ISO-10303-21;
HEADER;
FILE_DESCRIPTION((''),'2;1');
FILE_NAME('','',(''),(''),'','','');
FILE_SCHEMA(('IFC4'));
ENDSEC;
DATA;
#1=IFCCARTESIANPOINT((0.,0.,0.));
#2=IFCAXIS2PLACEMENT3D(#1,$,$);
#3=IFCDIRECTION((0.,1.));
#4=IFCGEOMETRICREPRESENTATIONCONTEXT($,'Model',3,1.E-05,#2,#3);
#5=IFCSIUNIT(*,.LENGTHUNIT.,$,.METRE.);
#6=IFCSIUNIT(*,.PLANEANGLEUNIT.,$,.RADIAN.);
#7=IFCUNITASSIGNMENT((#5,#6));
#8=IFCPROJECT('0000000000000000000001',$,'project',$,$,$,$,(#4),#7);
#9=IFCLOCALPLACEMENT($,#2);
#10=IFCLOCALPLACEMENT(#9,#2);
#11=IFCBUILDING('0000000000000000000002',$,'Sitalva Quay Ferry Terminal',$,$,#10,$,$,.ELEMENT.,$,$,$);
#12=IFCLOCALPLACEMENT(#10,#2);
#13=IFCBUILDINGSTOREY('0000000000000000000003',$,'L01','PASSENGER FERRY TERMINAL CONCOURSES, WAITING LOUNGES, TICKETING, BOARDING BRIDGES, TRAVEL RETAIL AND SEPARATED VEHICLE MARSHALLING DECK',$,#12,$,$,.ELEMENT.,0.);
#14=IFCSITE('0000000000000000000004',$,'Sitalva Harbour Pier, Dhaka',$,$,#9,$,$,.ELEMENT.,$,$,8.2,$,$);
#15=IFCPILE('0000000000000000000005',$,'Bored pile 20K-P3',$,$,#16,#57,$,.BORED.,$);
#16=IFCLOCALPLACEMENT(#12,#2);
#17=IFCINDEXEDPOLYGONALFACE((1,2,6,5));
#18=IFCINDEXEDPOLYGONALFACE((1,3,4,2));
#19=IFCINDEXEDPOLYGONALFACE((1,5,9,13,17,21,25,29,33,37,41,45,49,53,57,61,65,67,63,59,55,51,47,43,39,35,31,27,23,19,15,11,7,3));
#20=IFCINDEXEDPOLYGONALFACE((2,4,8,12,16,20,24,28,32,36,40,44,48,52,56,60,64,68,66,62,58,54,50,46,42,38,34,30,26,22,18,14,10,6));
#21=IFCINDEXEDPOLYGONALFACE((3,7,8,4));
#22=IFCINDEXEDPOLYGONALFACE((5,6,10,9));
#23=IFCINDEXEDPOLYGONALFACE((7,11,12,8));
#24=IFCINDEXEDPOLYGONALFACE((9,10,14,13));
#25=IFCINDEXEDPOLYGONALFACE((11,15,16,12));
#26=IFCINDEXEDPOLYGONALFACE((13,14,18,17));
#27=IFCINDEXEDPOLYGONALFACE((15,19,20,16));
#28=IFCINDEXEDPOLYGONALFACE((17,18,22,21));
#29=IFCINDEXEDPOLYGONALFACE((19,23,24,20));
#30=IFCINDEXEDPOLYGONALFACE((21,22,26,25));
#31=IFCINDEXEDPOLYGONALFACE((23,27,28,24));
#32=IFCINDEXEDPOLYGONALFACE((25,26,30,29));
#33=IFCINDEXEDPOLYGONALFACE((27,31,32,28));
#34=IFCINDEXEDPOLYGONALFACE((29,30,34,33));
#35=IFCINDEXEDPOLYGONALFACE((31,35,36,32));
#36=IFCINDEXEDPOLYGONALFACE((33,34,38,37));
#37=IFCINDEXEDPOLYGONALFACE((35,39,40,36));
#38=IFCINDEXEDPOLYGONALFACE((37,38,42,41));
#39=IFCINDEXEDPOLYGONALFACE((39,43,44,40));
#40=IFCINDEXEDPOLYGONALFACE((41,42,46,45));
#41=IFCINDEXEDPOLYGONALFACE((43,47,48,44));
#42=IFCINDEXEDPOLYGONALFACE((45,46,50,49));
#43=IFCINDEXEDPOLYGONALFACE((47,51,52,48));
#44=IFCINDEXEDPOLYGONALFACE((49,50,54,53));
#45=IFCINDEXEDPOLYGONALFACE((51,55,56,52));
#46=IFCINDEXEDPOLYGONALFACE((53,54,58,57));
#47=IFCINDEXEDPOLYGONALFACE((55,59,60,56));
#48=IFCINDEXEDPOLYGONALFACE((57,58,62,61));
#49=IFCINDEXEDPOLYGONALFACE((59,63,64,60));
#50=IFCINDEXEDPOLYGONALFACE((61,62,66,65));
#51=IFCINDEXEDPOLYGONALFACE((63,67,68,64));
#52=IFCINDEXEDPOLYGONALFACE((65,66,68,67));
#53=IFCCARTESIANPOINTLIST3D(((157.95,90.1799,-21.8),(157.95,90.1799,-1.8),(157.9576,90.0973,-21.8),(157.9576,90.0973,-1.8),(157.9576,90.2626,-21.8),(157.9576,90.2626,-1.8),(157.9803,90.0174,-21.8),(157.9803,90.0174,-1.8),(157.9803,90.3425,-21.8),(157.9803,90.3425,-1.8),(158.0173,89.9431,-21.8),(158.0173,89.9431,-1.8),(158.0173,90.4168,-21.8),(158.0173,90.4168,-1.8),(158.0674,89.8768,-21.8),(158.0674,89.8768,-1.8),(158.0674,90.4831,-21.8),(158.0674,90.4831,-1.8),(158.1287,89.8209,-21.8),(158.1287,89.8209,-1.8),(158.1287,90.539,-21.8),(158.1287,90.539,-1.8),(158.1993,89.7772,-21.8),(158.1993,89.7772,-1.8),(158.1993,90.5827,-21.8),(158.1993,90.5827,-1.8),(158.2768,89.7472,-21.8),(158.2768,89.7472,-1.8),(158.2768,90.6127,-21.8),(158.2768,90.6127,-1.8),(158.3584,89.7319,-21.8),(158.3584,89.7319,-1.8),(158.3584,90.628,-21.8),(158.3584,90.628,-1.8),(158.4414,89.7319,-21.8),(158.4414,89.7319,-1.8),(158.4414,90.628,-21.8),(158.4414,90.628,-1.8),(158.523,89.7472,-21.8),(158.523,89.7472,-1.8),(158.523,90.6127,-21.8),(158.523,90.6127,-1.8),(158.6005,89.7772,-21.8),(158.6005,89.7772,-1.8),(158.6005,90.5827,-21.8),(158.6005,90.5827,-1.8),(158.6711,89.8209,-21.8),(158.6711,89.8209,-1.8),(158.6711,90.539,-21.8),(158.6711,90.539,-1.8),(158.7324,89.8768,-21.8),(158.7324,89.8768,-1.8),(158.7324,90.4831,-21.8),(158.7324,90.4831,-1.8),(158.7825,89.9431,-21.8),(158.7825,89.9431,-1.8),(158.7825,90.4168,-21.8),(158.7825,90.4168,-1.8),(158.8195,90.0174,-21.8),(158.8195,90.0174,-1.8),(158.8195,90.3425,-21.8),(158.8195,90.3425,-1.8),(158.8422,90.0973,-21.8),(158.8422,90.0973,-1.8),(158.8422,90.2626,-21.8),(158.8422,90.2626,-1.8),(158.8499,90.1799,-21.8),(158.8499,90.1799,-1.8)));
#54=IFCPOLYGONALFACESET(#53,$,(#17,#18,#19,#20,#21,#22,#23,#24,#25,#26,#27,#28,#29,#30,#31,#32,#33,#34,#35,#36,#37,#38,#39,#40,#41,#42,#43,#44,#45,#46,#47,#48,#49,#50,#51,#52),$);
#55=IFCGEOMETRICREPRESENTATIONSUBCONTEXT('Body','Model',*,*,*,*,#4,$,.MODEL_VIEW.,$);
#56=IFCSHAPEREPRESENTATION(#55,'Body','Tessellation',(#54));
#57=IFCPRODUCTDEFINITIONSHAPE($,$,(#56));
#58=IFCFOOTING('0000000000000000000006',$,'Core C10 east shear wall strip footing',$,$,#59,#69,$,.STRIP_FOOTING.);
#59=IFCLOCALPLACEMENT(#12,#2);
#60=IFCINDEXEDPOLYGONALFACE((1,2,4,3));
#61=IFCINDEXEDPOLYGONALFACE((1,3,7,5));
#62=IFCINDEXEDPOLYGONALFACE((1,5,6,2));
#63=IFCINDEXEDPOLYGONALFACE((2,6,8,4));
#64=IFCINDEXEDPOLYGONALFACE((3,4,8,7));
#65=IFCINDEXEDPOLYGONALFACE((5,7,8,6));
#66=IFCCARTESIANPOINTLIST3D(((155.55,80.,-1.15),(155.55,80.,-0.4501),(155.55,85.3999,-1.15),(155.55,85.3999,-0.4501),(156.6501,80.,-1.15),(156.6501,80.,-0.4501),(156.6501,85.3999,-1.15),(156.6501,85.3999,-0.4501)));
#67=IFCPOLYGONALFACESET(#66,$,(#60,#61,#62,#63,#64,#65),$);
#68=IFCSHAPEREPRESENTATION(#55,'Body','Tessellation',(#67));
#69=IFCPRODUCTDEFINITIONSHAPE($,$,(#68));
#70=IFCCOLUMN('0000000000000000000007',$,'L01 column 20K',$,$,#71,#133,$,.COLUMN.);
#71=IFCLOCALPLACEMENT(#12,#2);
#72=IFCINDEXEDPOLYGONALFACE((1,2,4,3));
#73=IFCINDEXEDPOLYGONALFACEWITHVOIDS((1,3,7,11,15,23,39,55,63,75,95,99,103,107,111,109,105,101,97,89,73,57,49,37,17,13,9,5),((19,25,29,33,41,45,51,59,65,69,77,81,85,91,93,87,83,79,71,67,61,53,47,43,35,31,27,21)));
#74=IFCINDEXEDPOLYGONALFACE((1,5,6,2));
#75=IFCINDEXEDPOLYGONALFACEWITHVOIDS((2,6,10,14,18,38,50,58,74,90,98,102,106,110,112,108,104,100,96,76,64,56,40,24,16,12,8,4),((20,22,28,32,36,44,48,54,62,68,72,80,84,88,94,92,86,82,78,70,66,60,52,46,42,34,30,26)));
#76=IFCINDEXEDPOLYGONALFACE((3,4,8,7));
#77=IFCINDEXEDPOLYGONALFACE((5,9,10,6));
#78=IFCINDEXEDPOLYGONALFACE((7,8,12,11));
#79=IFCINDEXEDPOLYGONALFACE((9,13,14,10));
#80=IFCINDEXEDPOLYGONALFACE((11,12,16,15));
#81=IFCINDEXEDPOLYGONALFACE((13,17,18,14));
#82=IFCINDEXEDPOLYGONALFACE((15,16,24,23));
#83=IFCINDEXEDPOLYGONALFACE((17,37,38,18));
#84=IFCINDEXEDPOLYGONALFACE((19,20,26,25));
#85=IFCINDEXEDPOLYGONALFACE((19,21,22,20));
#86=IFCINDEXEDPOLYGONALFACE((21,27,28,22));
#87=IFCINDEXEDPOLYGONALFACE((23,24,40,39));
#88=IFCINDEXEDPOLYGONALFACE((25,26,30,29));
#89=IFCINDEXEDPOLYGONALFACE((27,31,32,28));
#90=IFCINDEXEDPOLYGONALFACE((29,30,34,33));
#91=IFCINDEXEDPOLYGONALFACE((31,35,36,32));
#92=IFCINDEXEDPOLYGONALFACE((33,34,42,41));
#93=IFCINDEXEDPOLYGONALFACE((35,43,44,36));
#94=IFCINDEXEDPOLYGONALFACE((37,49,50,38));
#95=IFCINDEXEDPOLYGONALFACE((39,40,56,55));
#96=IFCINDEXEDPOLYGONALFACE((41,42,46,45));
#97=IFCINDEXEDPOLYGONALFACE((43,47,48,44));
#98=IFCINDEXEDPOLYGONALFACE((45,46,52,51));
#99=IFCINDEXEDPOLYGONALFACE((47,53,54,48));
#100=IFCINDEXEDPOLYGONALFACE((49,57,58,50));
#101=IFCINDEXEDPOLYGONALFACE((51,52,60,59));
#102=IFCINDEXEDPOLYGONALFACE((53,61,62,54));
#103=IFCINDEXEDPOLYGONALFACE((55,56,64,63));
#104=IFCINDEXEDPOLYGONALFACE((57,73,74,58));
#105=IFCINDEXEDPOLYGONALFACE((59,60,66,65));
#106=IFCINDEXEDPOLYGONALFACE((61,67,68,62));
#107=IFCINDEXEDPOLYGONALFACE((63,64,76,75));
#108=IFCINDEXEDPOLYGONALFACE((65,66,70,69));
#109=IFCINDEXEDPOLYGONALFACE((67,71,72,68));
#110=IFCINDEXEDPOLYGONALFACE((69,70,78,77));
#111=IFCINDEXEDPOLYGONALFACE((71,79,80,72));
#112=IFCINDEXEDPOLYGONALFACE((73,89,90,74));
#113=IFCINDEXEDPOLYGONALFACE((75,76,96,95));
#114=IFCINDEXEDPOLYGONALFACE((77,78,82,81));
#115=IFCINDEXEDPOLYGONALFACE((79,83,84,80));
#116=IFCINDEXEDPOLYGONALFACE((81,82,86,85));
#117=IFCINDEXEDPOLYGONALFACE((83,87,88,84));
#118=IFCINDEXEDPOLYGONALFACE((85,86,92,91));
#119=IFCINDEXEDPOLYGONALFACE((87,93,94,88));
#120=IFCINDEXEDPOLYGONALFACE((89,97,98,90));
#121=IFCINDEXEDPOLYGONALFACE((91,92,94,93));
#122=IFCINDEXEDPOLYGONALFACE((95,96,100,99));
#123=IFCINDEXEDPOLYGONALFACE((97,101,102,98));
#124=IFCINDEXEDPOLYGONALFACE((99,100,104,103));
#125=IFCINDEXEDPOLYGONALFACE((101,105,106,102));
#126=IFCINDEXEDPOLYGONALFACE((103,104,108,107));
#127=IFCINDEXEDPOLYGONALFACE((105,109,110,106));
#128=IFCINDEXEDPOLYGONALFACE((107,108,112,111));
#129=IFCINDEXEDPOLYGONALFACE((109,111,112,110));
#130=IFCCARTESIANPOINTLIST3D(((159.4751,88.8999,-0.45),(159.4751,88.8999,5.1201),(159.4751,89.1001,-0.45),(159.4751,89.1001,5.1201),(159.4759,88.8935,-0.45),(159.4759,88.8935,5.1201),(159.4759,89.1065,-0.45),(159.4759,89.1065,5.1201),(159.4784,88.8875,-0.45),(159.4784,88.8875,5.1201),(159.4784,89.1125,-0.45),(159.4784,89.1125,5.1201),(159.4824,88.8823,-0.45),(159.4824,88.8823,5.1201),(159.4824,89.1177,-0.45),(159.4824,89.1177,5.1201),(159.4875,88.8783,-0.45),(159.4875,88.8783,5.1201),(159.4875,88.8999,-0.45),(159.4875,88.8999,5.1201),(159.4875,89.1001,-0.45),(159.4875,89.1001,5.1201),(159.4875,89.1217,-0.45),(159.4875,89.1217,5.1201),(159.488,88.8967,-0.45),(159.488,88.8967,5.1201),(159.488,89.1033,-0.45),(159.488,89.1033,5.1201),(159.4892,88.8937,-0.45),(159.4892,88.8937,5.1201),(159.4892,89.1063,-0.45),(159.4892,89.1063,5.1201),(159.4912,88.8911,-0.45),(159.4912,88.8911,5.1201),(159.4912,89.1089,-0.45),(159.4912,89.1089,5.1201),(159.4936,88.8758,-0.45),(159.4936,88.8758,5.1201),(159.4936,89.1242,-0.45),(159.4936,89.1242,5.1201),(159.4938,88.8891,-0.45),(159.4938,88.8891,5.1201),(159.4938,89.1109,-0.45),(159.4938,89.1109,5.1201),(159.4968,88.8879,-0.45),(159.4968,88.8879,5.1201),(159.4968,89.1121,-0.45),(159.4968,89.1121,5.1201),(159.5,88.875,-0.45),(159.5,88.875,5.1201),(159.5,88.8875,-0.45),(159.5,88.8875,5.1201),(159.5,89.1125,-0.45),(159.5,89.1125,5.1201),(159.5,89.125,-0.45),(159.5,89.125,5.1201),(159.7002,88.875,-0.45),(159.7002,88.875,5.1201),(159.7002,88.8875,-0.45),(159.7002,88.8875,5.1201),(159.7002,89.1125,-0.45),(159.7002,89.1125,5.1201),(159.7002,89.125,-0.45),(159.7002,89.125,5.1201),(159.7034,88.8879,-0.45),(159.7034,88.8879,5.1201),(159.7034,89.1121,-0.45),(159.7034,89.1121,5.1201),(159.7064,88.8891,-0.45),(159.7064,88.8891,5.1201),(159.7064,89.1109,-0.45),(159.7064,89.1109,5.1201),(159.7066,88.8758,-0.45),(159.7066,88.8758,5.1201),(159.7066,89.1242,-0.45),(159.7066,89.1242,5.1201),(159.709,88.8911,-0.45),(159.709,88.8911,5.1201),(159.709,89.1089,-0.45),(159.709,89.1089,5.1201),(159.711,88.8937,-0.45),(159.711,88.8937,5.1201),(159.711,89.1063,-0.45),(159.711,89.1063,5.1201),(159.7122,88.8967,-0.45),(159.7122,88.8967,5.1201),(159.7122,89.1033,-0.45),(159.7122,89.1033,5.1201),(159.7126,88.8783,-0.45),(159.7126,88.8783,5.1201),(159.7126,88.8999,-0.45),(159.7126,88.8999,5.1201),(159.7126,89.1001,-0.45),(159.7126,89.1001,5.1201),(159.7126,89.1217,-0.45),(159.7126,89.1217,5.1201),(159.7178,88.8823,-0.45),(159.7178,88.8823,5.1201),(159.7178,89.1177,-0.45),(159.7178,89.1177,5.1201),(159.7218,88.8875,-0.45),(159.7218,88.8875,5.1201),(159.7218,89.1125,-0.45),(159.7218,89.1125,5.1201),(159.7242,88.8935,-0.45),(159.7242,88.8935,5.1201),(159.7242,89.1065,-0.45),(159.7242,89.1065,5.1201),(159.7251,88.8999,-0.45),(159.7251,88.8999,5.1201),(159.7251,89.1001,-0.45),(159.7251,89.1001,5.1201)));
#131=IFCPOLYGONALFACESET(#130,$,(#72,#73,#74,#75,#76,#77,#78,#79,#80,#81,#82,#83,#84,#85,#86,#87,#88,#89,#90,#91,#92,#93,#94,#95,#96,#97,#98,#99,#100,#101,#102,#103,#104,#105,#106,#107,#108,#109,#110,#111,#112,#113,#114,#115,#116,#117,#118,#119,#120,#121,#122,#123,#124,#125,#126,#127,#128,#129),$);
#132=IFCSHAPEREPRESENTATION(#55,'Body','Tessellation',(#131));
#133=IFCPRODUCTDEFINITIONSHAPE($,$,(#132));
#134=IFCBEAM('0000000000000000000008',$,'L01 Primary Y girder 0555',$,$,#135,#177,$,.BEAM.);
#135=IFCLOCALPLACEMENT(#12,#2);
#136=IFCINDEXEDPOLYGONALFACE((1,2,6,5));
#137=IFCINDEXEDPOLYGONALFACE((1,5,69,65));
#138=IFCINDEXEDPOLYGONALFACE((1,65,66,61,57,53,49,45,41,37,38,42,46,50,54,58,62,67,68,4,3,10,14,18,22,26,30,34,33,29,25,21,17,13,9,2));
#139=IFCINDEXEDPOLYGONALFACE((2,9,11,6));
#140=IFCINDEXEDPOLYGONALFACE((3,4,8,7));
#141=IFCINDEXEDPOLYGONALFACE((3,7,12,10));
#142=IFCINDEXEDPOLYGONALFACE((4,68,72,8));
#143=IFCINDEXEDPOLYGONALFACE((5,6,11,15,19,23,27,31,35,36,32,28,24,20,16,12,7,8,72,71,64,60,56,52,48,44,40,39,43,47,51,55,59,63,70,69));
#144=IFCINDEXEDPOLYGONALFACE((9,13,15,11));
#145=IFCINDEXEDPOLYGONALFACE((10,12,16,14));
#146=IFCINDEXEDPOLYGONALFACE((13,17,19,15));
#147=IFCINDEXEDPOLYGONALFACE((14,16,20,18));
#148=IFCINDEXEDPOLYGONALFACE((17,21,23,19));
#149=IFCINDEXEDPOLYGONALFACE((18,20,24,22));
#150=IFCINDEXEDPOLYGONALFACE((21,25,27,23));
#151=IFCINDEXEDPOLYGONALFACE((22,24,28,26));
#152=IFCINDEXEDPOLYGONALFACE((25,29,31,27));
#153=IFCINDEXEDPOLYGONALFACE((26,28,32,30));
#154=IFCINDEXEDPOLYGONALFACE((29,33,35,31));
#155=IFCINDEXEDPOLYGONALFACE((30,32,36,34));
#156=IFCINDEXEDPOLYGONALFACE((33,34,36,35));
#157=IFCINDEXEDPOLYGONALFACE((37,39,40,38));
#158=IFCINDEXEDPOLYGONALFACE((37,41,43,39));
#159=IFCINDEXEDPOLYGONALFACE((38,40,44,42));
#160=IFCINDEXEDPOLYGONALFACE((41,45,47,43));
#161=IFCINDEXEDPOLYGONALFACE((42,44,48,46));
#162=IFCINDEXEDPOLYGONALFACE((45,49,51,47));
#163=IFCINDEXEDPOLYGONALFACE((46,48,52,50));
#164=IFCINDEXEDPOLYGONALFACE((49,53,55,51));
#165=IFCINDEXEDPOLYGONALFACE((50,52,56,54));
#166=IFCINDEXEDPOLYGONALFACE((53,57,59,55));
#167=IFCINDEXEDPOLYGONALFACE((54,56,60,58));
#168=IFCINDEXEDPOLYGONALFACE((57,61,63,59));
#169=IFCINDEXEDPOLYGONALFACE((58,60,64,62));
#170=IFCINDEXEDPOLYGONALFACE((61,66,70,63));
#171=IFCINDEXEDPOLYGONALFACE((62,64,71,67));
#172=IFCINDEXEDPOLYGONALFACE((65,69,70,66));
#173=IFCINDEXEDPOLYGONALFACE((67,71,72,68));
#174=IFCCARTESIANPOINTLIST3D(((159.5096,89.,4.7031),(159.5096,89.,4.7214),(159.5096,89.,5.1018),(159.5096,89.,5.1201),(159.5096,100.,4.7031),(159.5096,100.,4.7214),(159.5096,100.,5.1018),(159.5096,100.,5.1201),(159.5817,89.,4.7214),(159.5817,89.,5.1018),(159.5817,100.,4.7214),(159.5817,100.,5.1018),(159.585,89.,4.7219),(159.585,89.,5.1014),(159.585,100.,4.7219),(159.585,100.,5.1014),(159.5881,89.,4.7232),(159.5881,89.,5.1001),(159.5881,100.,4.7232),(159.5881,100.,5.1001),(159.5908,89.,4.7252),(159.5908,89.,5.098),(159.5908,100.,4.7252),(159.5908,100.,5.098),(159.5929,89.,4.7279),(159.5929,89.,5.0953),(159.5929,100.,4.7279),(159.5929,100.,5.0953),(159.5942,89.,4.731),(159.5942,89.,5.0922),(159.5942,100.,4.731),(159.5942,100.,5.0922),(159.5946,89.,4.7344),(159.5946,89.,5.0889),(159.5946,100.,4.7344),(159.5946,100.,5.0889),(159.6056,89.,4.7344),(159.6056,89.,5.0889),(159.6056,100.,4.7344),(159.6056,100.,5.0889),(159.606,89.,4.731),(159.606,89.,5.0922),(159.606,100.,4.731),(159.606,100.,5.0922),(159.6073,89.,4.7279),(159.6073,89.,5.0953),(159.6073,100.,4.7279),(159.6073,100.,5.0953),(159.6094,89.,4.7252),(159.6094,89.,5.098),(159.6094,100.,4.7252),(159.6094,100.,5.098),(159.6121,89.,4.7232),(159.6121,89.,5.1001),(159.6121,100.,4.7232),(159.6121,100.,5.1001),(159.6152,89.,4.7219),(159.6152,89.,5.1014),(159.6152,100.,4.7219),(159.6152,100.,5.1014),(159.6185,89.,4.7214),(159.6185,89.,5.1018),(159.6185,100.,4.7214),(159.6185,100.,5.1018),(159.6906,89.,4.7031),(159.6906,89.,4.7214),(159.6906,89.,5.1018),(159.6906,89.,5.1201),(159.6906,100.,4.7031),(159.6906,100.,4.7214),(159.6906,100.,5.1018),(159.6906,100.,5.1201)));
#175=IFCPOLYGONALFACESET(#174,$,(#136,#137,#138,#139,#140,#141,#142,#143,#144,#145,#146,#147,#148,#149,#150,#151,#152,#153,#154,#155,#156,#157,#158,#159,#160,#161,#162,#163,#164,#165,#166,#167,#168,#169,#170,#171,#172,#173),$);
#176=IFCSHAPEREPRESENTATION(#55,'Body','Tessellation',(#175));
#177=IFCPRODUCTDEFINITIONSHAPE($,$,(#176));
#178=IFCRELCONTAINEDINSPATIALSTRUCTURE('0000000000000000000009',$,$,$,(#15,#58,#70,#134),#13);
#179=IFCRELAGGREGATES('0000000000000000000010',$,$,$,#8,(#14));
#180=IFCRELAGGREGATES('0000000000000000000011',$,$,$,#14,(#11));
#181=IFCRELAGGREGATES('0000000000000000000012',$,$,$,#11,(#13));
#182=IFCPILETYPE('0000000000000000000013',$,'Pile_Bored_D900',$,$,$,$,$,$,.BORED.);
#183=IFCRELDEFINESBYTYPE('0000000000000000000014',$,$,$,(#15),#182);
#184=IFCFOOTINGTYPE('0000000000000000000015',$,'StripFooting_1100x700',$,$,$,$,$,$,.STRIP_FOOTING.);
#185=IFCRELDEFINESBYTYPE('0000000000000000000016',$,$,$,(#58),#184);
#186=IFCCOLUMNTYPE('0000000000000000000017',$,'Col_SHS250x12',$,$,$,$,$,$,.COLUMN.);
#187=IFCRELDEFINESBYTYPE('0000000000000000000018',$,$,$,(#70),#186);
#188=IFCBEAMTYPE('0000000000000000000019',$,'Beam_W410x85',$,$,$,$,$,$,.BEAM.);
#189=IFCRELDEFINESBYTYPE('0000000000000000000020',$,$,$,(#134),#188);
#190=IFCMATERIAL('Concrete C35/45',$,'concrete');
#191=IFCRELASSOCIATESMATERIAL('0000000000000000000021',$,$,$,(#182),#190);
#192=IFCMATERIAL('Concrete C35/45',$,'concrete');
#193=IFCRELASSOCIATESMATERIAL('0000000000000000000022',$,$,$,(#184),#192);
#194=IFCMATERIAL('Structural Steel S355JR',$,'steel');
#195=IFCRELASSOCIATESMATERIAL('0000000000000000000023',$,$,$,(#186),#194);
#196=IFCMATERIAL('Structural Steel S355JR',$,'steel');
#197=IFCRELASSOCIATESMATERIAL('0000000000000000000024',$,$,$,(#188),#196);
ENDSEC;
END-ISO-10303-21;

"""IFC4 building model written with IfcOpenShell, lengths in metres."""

from ifc_helpers import new_model, si_unit, direction, frame, origin, origin_2d, place, context, subcontext, project, spatial, rectangle, hollow_rectangle, circle, i_section, extrude, material, material_profile, profile_set, type_object, element, save


model = new_model("IFC4")

# Units and contexts
model_context = context("Model", 3, precision=1e-05, world=origin(), true_north=direction((0.0, 1.0)))
body_context = subcontext(model_context, "Body", "Model", "MODEL_VIEW")
ifc_project = project(units=[si_unit("LENGTHUNIT", "METRE"), si_unit("PLANEANGLEUNIT", "RADIAN")], contexts=[model_context])

# Site, building, storey
site_placement = place(None, origin())
site = spatial("IfcSite", under=ifc_project, at=site_placement, Name="Sitalva Harbour Pier, Dhaka", CompositionType="ELEMENT", RefElevation=8.2)
building_placement = place(site_placement, origin())
building = spatial("IfcBuilding", under=site, at=building_placement, Name="Sitalva Quay Ferry Terminal", CompositionType="ELEMENT")
storey_placement = place(building_placement, origin())
storey = spatial("IfcBuildingStorey", under=building, at=storey_placement, Name="L01", Description="PASSENGER FERRY TERMINAL CONCOURSES, WAITING LOUNGES, TICKETING, BOARDING BRIDGES, TRAVEL RETAIL AND SEPARATED VEHICLE MARSHALLING DECK", CompositionType="ELEMENT", Elevation=0.0)

# Pile
ifc_material_1 = material(Name="Concrete C35/45", Category="concrete")
ifc_material_profile_1 = material_profile(ifc_material_1, circle(Radius=0.45, at=origin_2d()), Name="PILE-D900")
ifc_profile_set_1 = profile_set([ifc_material_profile_1], Name="Concrete C35/45")
pile_type = type_object("IfcPileType", Name="Pile_Bored_D900", PredefinedType="BORED", material=ifc_profile_set_1)
for number, where, z_axis, x_axis, name in (
    (1, (158.3999, 90.1799, -1.8), (0.0, 0.0, -1.0), (1.0, 0.0, 0.0), "Bored pile 20K-P3"),
):
    element("IfcPile", number, at=place(storey_placement, frame(where, z_axis=z_axis, x_axis=x_axis)), inside=storey, type_object=pile_type, Name=name, PredefinedType="BORED", context=body_context, shape_type="SweptSolid", body=[
        extrude(circle(Radius=0.45, at=origin_2d()), origin(), (0.0, 0.0, 1.0), 20.0),
    ])

# Footing
ifc_material_2 = material(Name="Concrete C35/45", Category="concrete")
ifc_material_profile_2 = material_profile(ifc_material_2, rectangle(XDim=1.1001, YDim=0.7, at=origin_2d()), Name="RC1100x700")
ifc_profile_set_2 = profile_set([ifc_material_profile_2], Name="Concrete C35/45")
footing_type_1 = type_object("IfcFootingType", Name="StripFooting_1100x700", PredefinedType="STRIP_FOOTING", material=ifc_profile_set_2)
footing_1_placement = place(storey_placement, frame((156.1001, 80.0, -0.8), z_axis=(0.0, 1.0, 0.0), x_axis=(-1.0, 0.0, 0.0)))
element("IfcFooting", 2, at=footing_1_placement, inside=storey, type_object=footing_type_1, Name="Core C10 east shear wall strip footing", PredefinedType="STRIP_FOOTING", context=body_context, shape_type="SweptSolid", body=[
    extrude(rectangle(XDim=1.1001, YDim=0.7, at=origin_2d()), origin(), (0.0, 0.0, 1.0), 5.3999),
])

# Column
ifc_material_3 = material(Name="Structural Steel S355JR", Category="steel")
ifc_material_profile_3 = material_profile(ifc_material_3, hollow_rectangle(XDim=0.25, YDim=0.25, WallThickness=0.0125, InnerFilletRadius=0.0125, OuterFilletRadius=0.0249, at=origin_2d()), Name="SHS250x250x12.5")
ifc_profile_set_3 = profile_set([ifc_material_profile_3], Name="Structural Steel S355JR")
column_type = type_object("IfcColumnType", Name="Col_SHS250x12", PredefinedType="COLUMN", material=ifc_profile_set_3)
column_placement = place(storey_placement, frame((159.6001, 89.0, -0.45), z_axis=(0.0, 0.0, 1.0), x_axis=(1.0, 0.0, 0.0)))
element("IfcColumn", 3, at=column_placement, inside=storey, type_object=column_type, Name="L01 column 20K", PredefinedType="COLUMN", context=body_context, shape_type="SweptSolid", body=[
    extrude(hollow_rectangle(XDim=0.25, YDim=0.25, WallThickness=0.0125, InnerFilletRadius=0.0125, OuterFilletRadius=0.0249, at=origin_2d()), origin(), (0.0, 0.0, 1.0), 5.5701),
])

# Beam
ifc_material_4 = material(Name="Structural Steel S355JR", Category="steel")
ifc_material_profile_4 = material_profile(ifc_material_4, i_section(OverallWidth=0.1809, OverallDepth=0.417, WebThickness=0.011, FlangeThickness=0.0183, FilletRadius=0.0129, at=origin_2d()), Name="W410x85")
ifc_profile_set_4 = profile_set([ifc_material_profile_4], Name="Structural Steel S355JR")
beam_type_1 = type_object("IfcBeamType", Name="Beam_W410x85", PredefinedType="BEAM", material=ifc_profile_set_4)
beam_1_placement = place(storey_placement, frame((159.6001, 89.0, 4.9116), z_axis=(0.0, 1.0, 0.0), x_axis=(-1.0, 0.0, 0.0)))
element("IfcBeam", 4, at=beam_1_placement, inside=storey, type_object=beam_type_1, Name="L01 Primary Y girder 0555", PredefinedType="BEAM", context=body_context, shape_type="SweptSolid", body=[
    extrude(i_section(OverallWidth=0.1809, OverallDepth=0.417, WebThickness=0.011, FlangeThickness=0.0183, FilletRadius=0.0129, at=origin_2d()), origin(), (0.0, 0.0, 1.0), 11.0),
])

save(model, "model.ifc")
